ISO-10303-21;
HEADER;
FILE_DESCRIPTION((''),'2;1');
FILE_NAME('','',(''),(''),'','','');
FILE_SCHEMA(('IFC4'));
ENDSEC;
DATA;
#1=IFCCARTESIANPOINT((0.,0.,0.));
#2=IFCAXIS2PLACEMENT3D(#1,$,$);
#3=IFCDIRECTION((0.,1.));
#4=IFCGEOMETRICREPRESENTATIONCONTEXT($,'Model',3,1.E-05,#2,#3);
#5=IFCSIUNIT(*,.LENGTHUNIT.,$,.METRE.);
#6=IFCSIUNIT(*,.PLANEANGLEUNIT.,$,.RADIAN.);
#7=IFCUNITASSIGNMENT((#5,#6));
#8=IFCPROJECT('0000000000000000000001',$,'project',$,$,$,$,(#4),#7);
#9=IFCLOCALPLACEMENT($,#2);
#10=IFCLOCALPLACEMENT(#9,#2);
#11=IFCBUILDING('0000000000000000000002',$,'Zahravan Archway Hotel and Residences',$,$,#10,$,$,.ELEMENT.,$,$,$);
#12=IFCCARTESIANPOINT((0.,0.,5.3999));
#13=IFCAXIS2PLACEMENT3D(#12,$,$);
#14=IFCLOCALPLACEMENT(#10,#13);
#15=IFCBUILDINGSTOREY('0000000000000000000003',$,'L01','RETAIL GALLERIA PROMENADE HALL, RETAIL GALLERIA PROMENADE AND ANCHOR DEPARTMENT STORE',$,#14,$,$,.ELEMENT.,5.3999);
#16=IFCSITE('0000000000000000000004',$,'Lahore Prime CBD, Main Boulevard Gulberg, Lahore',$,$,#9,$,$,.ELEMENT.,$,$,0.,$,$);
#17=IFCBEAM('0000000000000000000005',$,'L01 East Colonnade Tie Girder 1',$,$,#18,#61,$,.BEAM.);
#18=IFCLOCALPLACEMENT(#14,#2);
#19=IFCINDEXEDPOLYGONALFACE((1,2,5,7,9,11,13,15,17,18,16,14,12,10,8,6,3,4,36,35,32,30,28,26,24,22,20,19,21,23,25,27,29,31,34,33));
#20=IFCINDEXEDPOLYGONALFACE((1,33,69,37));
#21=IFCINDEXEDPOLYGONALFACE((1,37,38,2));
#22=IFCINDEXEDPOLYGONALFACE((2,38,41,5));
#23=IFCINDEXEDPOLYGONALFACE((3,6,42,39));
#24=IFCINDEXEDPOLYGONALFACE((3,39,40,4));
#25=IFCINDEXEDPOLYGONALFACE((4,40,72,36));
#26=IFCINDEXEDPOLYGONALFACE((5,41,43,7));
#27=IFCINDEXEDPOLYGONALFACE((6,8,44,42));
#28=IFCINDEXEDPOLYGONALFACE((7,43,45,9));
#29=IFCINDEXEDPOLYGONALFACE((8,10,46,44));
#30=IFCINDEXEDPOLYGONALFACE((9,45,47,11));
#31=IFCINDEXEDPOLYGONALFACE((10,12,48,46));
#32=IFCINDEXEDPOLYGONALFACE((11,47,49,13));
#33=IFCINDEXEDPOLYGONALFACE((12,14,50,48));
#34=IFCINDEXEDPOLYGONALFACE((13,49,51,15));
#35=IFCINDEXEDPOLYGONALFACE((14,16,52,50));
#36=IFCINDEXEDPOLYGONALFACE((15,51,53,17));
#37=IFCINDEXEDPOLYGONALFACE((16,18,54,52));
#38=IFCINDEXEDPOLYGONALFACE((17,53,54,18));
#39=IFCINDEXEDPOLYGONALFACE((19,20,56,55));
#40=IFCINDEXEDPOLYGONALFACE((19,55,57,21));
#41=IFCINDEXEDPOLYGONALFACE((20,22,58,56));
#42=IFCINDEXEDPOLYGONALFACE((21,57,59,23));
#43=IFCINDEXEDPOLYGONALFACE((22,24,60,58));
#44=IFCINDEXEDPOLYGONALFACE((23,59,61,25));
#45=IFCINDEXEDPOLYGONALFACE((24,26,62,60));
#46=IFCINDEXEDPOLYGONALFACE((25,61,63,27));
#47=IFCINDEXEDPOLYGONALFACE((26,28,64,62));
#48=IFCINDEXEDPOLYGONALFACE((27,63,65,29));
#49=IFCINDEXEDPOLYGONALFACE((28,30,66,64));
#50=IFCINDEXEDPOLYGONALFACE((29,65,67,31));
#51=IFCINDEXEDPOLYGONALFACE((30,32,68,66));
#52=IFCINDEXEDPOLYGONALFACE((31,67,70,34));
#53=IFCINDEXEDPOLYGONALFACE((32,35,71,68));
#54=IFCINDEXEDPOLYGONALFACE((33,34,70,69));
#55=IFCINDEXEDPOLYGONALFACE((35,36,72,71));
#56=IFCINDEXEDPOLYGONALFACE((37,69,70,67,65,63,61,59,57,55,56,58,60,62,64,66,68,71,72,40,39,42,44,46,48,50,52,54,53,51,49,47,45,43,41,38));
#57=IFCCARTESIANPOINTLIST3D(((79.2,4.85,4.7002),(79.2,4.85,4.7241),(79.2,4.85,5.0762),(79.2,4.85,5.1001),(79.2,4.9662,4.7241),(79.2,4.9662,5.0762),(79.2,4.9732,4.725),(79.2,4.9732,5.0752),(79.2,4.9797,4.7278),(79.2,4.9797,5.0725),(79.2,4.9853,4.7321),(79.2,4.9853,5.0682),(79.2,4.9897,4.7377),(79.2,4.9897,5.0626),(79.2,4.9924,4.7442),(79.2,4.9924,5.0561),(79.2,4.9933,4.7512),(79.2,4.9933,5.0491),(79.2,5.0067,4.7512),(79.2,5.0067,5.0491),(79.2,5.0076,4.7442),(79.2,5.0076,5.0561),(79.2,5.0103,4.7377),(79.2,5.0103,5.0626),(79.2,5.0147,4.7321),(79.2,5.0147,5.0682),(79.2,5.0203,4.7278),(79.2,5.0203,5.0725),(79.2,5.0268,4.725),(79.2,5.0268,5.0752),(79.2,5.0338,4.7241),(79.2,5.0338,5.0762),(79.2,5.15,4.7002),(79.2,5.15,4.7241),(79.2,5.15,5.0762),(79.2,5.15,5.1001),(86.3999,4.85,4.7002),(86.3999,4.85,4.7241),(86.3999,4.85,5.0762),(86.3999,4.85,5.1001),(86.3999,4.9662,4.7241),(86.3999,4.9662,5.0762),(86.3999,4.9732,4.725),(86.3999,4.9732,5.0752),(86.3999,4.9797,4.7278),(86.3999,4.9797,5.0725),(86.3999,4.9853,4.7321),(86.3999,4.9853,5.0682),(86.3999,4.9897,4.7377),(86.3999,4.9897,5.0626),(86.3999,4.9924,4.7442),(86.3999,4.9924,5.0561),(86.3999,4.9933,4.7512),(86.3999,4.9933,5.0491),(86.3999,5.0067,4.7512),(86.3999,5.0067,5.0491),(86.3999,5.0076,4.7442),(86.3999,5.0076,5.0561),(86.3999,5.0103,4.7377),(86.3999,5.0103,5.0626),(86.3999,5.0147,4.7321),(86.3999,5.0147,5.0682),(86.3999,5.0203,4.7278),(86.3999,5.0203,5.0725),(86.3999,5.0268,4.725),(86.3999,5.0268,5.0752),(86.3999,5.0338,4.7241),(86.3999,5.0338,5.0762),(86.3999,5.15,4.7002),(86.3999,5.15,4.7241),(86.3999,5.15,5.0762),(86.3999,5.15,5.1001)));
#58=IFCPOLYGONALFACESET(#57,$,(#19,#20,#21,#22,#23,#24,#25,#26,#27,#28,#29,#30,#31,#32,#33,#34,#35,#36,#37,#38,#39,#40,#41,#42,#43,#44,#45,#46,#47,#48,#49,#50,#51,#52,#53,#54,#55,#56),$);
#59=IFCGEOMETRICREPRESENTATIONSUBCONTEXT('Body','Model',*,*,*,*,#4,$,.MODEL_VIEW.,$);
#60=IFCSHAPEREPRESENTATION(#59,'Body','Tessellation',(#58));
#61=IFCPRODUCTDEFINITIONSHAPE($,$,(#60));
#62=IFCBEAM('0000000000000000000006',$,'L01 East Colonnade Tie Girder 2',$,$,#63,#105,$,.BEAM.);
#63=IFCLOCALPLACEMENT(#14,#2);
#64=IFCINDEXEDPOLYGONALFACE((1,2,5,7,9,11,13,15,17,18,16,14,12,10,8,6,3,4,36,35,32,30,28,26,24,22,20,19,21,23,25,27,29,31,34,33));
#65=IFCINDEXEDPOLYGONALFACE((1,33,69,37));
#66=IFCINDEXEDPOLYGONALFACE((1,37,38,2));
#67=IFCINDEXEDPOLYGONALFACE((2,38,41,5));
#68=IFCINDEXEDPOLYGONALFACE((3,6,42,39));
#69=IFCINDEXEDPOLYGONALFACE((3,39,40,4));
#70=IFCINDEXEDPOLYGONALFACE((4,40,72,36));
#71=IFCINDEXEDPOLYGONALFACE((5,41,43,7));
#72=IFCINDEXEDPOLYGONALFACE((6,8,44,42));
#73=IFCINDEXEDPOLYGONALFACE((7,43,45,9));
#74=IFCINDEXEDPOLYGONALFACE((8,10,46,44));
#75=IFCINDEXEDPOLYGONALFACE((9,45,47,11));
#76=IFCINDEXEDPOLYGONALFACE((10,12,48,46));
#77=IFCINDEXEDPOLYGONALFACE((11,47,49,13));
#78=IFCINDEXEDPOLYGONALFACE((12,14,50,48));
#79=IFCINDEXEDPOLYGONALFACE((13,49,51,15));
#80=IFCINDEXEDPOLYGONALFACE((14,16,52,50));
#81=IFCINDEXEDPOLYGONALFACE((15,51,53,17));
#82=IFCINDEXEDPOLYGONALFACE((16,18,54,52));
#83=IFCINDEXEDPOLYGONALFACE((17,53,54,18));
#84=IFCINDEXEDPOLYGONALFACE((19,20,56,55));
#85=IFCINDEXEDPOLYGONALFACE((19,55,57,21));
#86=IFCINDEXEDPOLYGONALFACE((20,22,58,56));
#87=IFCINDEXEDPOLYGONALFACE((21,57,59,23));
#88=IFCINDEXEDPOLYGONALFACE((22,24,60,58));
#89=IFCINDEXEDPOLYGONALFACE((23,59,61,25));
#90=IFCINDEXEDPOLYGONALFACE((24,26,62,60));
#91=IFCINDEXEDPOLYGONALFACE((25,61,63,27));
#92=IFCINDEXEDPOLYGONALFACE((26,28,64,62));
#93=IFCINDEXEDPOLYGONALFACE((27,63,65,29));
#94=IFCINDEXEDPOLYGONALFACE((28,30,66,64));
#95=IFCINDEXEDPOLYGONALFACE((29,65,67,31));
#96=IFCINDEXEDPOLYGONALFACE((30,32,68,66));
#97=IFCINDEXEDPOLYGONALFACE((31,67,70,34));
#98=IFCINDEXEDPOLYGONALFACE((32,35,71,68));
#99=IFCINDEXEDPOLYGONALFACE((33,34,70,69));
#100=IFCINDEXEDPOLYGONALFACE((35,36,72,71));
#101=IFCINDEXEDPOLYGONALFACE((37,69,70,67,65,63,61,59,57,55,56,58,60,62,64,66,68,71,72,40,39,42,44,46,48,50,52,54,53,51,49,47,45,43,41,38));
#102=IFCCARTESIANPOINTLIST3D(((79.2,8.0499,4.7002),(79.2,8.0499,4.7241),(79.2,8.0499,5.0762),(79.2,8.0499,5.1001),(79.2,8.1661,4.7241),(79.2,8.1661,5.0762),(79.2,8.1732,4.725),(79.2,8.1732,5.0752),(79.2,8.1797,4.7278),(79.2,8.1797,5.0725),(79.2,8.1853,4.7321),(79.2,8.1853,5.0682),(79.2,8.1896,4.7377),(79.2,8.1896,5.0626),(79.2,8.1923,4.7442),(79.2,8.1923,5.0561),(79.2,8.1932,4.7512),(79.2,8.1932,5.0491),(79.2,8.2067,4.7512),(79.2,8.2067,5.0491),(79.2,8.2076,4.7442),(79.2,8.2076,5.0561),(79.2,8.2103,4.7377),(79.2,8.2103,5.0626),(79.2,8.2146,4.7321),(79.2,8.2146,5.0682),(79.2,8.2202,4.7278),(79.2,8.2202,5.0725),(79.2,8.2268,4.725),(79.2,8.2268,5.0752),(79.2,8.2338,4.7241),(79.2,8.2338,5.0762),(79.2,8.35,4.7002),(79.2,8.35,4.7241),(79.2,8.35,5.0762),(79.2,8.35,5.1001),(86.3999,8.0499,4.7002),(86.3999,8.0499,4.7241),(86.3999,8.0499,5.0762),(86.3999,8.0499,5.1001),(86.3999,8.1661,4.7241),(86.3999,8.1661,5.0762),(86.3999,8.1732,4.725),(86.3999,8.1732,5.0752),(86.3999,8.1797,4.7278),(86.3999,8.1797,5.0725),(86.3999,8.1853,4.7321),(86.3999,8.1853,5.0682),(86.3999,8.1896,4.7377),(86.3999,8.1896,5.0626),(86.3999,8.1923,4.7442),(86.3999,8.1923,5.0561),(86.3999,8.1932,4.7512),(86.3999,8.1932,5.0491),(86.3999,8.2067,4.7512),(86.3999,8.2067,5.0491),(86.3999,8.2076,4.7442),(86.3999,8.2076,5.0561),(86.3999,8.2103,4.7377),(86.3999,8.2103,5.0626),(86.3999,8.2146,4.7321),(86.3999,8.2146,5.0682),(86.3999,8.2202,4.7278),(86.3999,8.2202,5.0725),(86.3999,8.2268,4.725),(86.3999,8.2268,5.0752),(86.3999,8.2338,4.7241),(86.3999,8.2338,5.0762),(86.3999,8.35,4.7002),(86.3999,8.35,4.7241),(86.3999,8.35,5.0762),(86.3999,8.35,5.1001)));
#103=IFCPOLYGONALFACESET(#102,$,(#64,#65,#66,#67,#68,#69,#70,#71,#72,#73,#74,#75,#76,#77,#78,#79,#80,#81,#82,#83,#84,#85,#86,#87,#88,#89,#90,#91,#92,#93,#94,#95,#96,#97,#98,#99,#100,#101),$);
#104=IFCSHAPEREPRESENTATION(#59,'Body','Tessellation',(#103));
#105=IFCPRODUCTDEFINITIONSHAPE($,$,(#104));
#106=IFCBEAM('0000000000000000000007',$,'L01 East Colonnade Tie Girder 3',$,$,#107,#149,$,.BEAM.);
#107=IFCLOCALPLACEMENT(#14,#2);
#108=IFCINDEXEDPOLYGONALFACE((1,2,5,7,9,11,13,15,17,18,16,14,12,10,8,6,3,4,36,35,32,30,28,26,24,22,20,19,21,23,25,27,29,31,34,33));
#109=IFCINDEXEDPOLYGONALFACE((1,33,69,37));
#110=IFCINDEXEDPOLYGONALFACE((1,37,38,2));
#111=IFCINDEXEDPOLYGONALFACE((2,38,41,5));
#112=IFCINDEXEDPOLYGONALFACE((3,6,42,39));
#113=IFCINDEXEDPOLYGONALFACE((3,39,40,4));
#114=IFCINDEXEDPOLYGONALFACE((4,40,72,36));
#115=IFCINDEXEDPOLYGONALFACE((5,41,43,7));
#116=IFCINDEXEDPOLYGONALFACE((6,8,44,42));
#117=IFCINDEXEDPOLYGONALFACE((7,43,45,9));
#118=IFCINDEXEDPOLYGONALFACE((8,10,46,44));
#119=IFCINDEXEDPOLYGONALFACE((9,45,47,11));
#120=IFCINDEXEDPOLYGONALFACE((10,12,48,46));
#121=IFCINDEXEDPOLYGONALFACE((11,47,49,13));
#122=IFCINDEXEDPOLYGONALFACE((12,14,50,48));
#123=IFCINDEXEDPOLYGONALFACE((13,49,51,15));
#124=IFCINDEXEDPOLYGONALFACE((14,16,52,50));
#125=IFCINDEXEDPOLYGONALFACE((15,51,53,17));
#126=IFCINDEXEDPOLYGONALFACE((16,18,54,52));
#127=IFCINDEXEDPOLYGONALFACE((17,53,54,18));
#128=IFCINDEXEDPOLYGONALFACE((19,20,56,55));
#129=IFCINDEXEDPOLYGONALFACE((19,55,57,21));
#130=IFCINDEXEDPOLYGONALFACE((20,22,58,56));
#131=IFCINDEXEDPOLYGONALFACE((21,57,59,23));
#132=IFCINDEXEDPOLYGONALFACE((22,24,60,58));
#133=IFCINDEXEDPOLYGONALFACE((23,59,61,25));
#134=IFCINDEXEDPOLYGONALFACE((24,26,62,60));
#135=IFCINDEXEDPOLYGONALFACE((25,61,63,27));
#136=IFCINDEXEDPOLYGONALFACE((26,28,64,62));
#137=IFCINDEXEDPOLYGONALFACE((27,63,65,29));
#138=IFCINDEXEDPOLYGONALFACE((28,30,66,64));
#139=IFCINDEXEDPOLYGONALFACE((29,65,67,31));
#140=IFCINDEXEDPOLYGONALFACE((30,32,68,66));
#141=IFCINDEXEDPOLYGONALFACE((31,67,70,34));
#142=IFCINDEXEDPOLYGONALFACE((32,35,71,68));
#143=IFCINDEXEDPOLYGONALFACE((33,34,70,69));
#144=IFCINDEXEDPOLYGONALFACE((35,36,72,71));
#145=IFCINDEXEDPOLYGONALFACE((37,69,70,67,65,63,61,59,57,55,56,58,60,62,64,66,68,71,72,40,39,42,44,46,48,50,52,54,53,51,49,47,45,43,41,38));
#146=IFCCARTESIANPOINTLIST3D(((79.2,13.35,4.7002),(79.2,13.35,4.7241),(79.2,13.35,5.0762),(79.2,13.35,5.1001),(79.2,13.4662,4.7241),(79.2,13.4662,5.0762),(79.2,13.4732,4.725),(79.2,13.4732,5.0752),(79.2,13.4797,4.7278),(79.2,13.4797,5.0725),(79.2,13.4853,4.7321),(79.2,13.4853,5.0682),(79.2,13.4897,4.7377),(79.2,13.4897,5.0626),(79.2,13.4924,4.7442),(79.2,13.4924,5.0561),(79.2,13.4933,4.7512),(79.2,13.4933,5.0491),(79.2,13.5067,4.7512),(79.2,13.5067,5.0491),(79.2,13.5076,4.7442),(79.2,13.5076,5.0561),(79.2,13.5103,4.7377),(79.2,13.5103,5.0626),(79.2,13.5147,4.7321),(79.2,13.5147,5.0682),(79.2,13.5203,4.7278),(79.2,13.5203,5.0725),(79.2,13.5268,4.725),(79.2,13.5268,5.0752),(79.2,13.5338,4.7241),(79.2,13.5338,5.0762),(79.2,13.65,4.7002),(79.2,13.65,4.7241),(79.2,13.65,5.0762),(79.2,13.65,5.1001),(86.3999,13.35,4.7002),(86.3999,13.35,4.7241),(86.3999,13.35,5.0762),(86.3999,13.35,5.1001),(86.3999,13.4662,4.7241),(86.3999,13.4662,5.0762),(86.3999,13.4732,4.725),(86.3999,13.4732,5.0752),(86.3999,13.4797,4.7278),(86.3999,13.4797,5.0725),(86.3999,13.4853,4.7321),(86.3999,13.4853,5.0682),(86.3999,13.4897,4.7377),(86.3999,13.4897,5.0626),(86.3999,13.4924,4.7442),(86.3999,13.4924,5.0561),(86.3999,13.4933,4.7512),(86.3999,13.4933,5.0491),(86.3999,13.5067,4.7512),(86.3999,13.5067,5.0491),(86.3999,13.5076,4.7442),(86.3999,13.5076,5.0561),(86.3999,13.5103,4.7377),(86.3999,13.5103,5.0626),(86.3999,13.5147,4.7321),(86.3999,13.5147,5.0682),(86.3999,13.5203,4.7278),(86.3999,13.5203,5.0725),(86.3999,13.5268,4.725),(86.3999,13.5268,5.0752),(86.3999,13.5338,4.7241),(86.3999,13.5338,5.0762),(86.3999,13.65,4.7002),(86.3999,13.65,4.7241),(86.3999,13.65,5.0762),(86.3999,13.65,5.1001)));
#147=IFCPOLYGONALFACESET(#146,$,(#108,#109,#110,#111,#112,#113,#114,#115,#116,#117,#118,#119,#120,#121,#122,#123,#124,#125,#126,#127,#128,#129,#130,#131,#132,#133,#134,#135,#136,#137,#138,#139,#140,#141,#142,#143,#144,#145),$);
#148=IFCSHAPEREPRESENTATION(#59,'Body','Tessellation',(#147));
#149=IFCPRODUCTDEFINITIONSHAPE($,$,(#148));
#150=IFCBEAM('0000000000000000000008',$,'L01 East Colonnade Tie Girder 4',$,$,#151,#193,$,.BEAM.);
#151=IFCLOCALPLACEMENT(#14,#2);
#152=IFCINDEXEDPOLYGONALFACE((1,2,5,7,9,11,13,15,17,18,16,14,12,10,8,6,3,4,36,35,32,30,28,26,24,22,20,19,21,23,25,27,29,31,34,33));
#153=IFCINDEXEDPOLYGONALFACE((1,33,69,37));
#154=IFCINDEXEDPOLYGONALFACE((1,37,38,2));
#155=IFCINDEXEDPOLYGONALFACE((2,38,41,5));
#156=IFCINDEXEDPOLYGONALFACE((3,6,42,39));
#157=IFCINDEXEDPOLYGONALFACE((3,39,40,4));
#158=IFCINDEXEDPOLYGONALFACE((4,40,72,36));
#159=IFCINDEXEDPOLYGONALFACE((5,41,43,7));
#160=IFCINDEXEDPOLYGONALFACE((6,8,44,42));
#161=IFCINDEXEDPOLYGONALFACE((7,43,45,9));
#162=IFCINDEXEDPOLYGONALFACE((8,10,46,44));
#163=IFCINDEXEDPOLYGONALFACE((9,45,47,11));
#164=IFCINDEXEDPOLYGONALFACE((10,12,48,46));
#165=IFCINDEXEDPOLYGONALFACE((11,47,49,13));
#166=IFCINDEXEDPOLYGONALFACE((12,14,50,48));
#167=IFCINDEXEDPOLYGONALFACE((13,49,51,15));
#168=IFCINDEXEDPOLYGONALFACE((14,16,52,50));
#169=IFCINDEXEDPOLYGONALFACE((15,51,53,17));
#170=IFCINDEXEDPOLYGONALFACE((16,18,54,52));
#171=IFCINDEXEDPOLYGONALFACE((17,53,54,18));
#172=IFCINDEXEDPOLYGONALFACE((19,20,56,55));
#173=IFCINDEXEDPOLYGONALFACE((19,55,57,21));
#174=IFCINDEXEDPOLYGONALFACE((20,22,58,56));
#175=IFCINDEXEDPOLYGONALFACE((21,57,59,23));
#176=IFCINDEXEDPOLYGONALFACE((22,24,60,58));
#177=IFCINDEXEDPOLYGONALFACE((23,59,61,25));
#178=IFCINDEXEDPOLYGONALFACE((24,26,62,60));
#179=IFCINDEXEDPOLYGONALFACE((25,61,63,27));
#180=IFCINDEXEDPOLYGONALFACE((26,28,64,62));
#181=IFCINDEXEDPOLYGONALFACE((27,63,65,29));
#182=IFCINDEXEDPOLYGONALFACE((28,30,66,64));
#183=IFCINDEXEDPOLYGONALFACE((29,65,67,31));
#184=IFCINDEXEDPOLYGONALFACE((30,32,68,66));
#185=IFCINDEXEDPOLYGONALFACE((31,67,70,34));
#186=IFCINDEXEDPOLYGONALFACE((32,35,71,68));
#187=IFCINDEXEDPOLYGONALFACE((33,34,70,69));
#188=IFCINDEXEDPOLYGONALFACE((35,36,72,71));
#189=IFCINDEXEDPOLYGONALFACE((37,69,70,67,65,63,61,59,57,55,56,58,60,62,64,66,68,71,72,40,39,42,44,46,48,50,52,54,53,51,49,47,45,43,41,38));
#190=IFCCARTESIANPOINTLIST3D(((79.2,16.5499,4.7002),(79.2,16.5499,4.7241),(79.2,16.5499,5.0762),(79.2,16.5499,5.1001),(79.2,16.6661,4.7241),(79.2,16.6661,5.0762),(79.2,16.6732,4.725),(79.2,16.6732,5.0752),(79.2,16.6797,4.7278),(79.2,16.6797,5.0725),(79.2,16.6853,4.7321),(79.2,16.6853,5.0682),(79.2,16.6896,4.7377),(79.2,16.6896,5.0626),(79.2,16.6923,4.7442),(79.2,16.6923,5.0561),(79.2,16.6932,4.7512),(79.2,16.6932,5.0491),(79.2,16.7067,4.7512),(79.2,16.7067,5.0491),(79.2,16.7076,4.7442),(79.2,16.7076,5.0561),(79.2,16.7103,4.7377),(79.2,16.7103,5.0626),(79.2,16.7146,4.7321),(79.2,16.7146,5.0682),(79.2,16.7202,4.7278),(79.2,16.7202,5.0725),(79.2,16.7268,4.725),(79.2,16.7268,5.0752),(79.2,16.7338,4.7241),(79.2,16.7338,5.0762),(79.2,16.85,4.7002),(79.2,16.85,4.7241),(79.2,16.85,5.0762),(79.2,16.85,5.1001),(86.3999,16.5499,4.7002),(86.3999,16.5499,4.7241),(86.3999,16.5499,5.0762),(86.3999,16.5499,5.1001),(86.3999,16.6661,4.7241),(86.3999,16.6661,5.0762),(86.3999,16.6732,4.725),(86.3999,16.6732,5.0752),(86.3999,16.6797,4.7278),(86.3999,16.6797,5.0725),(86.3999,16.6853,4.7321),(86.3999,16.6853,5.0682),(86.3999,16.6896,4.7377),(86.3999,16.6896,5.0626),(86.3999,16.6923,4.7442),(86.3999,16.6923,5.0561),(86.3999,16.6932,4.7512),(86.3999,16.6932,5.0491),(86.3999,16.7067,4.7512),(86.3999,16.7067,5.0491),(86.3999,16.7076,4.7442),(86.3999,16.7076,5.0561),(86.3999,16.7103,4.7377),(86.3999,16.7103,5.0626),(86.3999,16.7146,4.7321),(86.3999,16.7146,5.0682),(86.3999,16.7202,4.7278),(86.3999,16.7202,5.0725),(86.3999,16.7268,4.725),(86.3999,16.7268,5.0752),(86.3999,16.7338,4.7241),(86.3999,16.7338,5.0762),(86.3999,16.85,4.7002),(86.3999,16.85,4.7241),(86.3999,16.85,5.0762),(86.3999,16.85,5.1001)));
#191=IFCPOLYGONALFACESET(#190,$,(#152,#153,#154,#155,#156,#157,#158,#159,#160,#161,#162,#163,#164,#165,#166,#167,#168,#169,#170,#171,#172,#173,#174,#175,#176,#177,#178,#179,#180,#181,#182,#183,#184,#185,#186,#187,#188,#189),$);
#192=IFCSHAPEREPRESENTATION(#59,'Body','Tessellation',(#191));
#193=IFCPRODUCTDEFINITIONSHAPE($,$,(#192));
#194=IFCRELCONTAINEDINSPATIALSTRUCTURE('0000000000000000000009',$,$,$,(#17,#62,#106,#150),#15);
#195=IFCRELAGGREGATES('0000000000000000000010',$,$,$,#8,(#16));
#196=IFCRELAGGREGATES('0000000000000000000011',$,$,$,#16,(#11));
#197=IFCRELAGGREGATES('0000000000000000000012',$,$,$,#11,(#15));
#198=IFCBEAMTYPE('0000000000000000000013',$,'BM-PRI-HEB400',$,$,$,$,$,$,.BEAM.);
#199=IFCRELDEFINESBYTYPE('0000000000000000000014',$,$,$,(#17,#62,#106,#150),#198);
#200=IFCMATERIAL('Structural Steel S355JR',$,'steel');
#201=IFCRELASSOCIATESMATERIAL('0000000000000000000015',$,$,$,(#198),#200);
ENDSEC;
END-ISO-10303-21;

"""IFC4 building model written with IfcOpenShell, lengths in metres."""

from ifc_helpers import new_model, si_unit, direction, frame, origin, origin_2d, place, context, subcontext, project, spatial, i_section, extrude, source, transform, mapped, material, material_profile, profile_set, type_object, type_shapes, element, save


model = new_model("IFC4")

# Units and contexts
model_context = context("Model", 3, precision=1e-05, world=origin(), true_north=direction((0.0, 1.0)))
body_context = subcontext(model_context, "Body", "Model", "MODEL_VIEW")
ifc_project = project(units=[si_unit("LENGTHUNIT", "METRE"), si_unit("PLANEANGLEUNIT", "RADIAN")], contexts=[model_context])

# Site, building, storey
site_placement = place(None, origin())
site = spatial("IfcSite", under=ifc_project, at=site_placement, Name="Lahore Prime CBD, Main Boulevard Gulberg, Lahore", CompositionType="ELEMENT", RefElevation=0.0)
building_placement = place(site_placement, origin())
building = spatial("IfcBuilding", under=site, at=building_placement, Name="Zahravan Archway Hotel and Residences", CompositionType="ELEMENT")
storey_placement = place(building_placement, frame((0.0, 0.0, 5.3999)))
storey = spatial("IfcBuildingStorey", under=building, at=storey_placement, Name="L01", Description="RETAIL GALLERIA PROMENADE HALL, RETAIL GALLERIA PROMENADE AND ANCHOR DEPARTMENT STORE", CompositionType="ELEMENT", Elevation=5.3999)

# Beams
ifc_material_1 = material(Name="Structural Steel S355JR", Category="steel")
ifc_material_profile_1 = material_profile(ifc_material_1, i_section(OverallWidth=0.3, OverallDepth=0.3999, WebThickness=0.0134, FlangeThickness=0.0239, FilletRadius=0.0271, at=origin_2d()), Name="HEB 400", Category="steel")
ifc_profile_set_1 = profile_set([ifc_material_profile_1], Name="Structural Steel S355JR")
beam_type_1 = type_object("IfcBeamType", Name="BM-PRI-HEB400", PredefinedType="BEAM", material=ifc_profile_set_1)
shared_shape_1 = source(origin(), body_context, "Body", "SweptSolid", [
    extrude(i_section(OverallWidth=0.3, OverallDepth=0.3999, WebThickness=0.0134, FlangeThickness=0.0239, FilletRadius=0.0271, at=origin_2d()), origin(), (0.0, 0.0, 1.0), 7.2),
])
type_shapes(beam_type_1, [shared_shape_1])
for number, where, z_axis, x_axis, name in (
    (1, (79.2, 5.0, 4.9001), (1.0, 0.0, 0.0), (0.0, 1.0, 0.0), "L01 East Colonnade Tie Girder 1"),
    (2, (79.2, 8.2, 4.9001), (1.0, 0.0, 0.0), (0.0, 1.0, 0.0), "L01 East Colonnade Tie Girder 2"),
    (3, (79.2, 13.5, 4.9001), (1.0, 0.0, 0.0), (0.0, 1.0, 0.0), "L01 East Colonnade Tie Girder 3"),
    (4, (79.2, 16.7, 4.9001), (1.0, 0.0, 0.0), (0.0, 1.0, 0.0), "L01 East Colonnade Tie Girder 4"),
):
    element("IfcBeam", number, at=place(storey_placement, frame(where, z_axis=z_axis, x_axis=x_axis)), inside=storey, type_object=beam_type_1, Name=name, PredefinedType="BEAM", context=body_context, shape_type="MappedRepresentation", body=[
        mapped(shared_shape_1, transform((0.0, 0.0, 0.0), scale=1.0)),
    ])

save(model, "model.ifc")
